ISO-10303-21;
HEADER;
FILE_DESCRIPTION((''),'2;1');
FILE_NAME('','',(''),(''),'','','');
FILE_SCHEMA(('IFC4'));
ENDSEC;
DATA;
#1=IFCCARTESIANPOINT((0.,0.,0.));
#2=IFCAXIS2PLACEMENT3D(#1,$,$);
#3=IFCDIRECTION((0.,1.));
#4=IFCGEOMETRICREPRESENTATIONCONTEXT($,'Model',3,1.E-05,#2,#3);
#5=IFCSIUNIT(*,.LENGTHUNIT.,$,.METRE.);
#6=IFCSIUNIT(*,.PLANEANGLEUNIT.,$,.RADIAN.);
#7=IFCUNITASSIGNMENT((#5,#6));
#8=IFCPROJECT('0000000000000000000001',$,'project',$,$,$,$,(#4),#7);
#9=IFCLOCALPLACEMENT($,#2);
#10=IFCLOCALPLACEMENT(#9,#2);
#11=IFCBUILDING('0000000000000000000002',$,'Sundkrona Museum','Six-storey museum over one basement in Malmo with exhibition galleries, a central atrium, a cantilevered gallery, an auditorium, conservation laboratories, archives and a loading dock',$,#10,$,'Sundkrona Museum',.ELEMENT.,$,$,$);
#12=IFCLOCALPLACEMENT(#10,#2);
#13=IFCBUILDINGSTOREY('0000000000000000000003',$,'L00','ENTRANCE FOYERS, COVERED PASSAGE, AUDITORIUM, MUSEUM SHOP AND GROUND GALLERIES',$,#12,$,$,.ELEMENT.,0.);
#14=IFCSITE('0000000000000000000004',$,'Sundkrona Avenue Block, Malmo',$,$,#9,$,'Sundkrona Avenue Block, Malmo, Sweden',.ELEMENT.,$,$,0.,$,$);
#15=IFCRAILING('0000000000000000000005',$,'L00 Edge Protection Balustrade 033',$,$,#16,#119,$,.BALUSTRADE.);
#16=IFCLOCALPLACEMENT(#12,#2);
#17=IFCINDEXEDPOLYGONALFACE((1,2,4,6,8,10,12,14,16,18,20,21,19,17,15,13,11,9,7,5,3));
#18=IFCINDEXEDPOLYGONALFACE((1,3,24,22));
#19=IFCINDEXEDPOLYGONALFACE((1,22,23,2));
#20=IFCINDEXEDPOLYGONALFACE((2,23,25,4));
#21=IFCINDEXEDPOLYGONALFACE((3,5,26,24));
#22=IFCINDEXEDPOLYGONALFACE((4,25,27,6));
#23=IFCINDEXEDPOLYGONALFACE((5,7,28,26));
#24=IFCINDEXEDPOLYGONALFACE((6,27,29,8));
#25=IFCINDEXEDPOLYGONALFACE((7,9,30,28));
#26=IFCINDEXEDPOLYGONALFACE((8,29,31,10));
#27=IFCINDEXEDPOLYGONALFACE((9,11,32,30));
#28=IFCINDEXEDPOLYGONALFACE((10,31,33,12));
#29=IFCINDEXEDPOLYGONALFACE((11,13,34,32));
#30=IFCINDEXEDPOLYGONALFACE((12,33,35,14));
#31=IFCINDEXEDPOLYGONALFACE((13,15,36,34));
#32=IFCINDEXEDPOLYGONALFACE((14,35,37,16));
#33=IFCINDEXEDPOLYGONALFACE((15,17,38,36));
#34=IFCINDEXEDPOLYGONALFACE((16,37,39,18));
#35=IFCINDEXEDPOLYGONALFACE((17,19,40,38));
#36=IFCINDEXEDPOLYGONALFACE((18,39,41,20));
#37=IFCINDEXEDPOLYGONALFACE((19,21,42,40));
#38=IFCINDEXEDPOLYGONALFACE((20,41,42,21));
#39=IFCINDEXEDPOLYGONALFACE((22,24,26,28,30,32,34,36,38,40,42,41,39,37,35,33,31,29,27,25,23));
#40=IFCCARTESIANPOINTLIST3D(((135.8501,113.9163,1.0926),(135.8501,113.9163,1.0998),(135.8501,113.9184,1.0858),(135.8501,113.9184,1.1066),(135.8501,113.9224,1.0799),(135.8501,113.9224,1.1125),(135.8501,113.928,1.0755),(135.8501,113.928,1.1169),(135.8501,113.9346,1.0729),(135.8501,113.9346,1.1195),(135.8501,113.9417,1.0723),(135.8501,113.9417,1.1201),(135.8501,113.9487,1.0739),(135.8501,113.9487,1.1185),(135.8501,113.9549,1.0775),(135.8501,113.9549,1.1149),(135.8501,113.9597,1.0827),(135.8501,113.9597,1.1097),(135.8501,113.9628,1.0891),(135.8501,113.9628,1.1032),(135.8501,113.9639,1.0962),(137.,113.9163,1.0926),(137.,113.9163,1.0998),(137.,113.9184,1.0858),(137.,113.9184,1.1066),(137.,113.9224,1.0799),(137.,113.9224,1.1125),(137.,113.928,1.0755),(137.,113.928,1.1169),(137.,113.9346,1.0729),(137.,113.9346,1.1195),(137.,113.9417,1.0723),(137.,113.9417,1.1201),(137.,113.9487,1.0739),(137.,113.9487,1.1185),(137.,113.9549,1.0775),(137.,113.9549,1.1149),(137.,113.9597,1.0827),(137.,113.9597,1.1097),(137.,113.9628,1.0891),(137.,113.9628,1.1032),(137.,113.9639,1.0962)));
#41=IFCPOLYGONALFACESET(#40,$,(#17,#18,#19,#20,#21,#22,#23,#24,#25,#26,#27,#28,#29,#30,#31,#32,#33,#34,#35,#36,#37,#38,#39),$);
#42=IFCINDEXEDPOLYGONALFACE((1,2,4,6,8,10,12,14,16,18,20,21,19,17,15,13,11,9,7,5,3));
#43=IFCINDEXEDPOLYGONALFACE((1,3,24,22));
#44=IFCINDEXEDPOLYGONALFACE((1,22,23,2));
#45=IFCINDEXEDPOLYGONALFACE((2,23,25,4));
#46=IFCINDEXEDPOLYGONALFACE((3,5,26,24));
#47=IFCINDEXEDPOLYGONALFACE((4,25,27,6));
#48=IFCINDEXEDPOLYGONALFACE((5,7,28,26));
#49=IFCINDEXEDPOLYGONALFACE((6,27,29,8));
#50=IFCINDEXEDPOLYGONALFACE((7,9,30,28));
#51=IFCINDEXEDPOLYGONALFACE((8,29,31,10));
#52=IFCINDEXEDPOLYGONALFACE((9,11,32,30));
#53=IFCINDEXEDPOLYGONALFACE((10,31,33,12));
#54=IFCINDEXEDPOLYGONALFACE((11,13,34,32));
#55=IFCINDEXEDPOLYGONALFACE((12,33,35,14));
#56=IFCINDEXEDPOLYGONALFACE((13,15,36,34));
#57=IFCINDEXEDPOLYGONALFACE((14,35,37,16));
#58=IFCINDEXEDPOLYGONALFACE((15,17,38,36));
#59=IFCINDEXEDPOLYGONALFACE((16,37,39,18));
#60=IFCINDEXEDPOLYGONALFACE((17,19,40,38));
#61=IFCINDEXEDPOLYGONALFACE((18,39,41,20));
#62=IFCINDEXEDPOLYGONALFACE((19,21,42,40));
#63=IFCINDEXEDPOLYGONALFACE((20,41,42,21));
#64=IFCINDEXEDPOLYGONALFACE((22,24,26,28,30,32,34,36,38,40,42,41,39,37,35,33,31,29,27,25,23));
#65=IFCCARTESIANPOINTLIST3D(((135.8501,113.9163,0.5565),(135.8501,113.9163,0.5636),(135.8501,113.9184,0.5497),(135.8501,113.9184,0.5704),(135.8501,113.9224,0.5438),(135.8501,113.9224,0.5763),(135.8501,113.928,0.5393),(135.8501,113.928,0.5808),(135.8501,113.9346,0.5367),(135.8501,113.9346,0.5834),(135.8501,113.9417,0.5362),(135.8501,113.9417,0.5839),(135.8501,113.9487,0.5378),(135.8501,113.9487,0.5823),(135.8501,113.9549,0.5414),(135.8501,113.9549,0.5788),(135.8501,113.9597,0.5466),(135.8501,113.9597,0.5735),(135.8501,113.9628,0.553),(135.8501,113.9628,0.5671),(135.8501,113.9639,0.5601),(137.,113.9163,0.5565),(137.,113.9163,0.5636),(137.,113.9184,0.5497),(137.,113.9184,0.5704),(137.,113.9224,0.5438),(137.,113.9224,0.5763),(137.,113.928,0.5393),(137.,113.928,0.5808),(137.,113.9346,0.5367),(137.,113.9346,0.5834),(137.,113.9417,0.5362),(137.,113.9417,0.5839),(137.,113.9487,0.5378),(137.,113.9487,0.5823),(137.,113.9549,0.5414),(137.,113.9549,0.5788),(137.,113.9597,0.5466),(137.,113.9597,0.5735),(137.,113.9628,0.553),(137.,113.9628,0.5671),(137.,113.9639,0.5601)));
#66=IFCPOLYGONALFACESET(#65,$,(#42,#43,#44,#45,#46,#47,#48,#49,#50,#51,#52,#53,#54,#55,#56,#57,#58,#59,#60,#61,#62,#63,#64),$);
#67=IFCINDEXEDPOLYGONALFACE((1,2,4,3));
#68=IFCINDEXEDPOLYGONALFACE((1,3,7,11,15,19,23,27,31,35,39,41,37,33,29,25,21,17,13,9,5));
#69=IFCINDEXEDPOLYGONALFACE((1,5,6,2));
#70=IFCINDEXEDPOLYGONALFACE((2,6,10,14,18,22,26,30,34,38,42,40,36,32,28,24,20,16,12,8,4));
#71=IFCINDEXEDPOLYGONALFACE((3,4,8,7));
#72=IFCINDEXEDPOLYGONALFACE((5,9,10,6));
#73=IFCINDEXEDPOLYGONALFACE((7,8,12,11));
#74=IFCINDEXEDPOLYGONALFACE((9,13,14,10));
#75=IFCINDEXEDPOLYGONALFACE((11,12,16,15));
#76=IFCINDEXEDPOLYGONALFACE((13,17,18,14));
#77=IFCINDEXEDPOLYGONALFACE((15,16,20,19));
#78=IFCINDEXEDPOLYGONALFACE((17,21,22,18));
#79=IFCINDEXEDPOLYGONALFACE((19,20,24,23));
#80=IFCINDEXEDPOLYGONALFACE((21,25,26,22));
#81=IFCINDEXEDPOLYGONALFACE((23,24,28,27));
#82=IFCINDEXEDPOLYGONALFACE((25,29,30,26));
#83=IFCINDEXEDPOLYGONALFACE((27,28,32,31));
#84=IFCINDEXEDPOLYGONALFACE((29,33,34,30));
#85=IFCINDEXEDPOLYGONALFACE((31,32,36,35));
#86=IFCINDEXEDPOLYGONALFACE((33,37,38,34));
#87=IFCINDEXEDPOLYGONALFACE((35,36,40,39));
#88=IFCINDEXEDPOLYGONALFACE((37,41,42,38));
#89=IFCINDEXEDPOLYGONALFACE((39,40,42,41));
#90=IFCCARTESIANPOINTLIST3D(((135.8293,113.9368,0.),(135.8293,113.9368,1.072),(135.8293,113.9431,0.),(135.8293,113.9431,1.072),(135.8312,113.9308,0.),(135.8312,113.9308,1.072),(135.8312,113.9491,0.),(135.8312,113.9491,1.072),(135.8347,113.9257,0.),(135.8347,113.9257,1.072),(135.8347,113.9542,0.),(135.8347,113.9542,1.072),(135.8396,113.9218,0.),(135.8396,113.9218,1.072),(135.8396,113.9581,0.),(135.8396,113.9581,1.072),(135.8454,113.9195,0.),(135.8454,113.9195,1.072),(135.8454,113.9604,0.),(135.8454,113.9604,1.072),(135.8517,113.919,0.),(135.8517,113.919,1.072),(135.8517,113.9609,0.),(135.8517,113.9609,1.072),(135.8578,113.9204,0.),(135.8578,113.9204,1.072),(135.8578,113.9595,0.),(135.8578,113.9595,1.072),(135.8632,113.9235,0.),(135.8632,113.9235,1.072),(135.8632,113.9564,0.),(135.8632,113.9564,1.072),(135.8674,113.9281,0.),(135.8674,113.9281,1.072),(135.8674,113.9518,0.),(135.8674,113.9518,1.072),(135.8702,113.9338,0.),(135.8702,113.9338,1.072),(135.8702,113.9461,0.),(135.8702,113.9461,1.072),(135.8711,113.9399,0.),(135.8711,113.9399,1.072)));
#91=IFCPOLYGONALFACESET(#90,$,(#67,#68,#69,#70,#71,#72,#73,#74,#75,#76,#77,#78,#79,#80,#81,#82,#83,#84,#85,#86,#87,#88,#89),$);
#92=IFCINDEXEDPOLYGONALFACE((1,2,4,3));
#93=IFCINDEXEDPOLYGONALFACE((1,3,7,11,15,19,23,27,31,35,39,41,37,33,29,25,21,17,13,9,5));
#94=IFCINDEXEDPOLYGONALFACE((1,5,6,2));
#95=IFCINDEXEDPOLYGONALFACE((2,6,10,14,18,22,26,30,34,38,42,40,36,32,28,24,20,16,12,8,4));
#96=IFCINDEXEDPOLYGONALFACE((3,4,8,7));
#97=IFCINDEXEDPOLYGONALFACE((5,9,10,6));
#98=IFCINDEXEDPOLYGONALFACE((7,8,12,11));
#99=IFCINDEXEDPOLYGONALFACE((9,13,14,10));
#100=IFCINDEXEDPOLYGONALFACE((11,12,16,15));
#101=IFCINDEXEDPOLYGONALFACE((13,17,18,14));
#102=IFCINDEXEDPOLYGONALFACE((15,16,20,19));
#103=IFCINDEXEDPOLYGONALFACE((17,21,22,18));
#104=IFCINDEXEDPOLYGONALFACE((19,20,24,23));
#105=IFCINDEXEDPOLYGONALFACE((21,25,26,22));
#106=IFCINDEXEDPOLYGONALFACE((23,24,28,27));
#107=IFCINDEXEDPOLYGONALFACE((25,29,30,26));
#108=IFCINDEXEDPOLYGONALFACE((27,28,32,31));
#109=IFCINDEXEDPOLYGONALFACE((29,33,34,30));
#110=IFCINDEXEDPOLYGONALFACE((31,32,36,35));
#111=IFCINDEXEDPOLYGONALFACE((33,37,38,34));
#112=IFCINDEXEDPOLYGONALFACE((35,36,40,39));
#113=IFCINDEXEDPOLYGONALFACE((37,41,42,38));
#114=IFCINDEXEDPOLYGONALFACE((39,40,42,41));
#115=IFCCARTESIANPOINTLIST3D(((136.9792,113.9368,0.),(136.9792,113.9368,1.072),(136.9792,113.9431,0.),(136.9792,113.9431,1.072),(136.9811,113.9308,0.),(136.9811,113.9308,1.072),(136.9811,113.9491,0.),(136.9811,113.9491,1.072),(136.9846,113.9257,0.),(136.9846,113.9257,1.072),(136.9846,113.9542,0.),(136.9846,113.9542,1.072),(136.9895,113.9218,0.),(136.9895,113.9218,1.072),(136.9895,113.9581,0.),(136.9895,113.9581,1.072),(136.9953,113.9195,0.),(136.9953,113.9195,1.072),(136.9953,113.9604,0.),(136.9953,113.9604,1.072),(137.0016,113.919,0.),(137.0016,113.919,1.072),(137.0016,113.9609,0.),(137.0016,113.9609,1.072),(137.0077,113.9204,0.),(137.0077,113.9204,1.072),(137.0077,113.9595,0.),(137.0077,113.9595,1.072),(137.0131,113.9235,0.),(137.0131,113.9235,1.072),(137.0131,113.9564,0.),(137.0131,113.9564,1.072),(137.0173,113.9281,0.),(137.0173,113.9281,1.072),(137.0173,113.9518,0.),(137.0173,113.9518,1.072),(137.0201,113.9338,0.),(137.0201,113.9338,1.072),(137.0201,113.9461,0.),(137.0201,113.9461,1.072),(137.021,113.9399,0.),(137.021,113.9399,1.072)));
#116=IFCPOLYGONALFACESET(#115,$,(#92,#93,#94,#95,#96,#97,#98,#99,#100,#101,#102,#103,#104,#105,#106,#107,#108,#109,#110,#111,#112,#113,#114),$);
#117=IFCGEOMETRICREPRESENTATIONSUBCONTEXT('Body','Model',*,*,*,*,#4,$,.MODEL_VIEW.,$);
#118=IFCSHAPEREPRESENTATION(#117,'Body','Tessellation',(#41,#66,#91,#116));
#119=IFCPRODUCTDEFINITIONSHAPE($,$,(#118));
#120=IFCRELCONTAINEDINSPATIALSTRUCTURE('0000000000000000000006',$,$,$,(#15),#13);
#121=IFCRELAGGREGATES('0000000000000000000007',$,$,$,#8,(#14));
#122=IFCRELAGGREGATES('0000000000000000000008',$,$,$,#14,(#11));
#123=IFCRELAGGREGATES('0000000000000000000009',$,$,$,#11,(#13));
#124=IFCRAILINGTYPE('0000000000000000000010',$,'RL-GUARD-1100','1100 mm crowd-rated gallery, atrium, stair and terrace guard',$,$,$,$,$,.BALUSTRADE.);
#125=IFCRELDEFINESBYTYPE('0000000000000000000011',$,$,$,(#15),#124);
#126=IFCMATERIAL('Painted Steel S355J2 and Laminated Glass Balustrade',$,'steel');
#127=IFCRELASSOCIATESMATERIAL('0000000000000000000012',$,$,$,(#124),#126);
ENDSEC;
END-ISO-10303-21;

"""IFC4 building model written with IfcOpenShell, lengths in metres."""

from ifc_helpers import new_model, si_unit, direction, frame, origin, origin_2d, place, context, subcontext, project, spatial, circle, extrude, material, type_object, element, save


model = new_model("IFC4")

# Units and contexts
model_context = context("Model", 3, precision=1e-05, world=origin(), true_north=direction((0.0, 1.0)))
body_context = subcontext(model_context, "Body", "Model", "MODEL_VIEW")
ifc_project = project(units=[si_unit("LENGTHUNIT", "METRE"), si_unit("PLANEANGLEUNIT", "RADIAN")], contexts=[model_context])

# Site, building, storey
site_placement = place(None, origin())
site = spatial("IfcSite", under=ifc_project, at=site_placement, Name="Sundkrona Avenue Block, Malmo", LongName="Sundkrona Avenue Block, Malmo, Sweden", CompositionType="ELEMENT", RefElevation=0.0)
building_placement = place(site_placement, origin())
building = spatial("IfcBuilding", under=site, at=building_placement, Name="Sundkrona Museum", Description="Six-storey museum over one basement in Malmo with exhibition galleries, a central atrium, a cantilevered gallery, an auditorium, conservation laboratories, archives and a loading dock", LongName="Sundkrona Museum", CompositionType="ELEMENT")
storey_placement = place(building_placement, origin())
storey = spatial("IfcBuildingStorey", under=building, at=storey_placement, Name="L00", Description="ENTRANCE FOYERS, COVERED PASSAGE, AUDITORIUM, MUSEUM SHOP AND GROUND GALLERIES", CompositionType="ELEMENT", Elevation=0.0)

# Railing
ifc_material_1 = material(Name="Painted Steel S355J2 and Laminated Glass Balustrade", Category="steel")
railing_type = type_object("IfcRailingType", Name="RL-GUARD-1100", Description="1100 mm crowd-rated gallery, atrium, stair and terrace guard", PredefinedType="BALUSTRADE", material=ifc_material_1)
railing_placement = place(storey_placement, frame((135.8501, 113.9399, 0.0)))
element("IfcRailing", 1, at=railing_placement, inside=storey, type_object=railing_type, Name="L00 Edge Protection Balustrade 033", PredefinedType="BALUSTRADE", context=body_context, shape_type="SweptSolid", body=[
    extrude(circle(Radius=0.0239, at=origin_2d()), frame((0.0, 0.0, 1.0962), z_axis=(1.0, 0.0, 0.0), x_axis=(0.0, 1.0, 0.0)), (0.0, 0.0, 1.0), 1.1499),
    extrude(circle(Radius=0.0239, at=origin_2d()), frame((0.0, 0.0, 0.5601), z_axis=(1.0, 0.0, 0.0), x_axis=(0.0, 1.0, 0.0)), (0.0, 0.0, 1.0), 1.1499),
    extrude(circle(Radius=0.021, at=origin_2d()), origin(), (0.0, 0.0, 1.0), 1.072),
    extrude(circle(Radius=0.021, at=origin_2d()), frame((1.1499, 0.0, 0.0)), (0.0, 0.0, 1.0), 1.072),
])

save(model, "model.ifc")
